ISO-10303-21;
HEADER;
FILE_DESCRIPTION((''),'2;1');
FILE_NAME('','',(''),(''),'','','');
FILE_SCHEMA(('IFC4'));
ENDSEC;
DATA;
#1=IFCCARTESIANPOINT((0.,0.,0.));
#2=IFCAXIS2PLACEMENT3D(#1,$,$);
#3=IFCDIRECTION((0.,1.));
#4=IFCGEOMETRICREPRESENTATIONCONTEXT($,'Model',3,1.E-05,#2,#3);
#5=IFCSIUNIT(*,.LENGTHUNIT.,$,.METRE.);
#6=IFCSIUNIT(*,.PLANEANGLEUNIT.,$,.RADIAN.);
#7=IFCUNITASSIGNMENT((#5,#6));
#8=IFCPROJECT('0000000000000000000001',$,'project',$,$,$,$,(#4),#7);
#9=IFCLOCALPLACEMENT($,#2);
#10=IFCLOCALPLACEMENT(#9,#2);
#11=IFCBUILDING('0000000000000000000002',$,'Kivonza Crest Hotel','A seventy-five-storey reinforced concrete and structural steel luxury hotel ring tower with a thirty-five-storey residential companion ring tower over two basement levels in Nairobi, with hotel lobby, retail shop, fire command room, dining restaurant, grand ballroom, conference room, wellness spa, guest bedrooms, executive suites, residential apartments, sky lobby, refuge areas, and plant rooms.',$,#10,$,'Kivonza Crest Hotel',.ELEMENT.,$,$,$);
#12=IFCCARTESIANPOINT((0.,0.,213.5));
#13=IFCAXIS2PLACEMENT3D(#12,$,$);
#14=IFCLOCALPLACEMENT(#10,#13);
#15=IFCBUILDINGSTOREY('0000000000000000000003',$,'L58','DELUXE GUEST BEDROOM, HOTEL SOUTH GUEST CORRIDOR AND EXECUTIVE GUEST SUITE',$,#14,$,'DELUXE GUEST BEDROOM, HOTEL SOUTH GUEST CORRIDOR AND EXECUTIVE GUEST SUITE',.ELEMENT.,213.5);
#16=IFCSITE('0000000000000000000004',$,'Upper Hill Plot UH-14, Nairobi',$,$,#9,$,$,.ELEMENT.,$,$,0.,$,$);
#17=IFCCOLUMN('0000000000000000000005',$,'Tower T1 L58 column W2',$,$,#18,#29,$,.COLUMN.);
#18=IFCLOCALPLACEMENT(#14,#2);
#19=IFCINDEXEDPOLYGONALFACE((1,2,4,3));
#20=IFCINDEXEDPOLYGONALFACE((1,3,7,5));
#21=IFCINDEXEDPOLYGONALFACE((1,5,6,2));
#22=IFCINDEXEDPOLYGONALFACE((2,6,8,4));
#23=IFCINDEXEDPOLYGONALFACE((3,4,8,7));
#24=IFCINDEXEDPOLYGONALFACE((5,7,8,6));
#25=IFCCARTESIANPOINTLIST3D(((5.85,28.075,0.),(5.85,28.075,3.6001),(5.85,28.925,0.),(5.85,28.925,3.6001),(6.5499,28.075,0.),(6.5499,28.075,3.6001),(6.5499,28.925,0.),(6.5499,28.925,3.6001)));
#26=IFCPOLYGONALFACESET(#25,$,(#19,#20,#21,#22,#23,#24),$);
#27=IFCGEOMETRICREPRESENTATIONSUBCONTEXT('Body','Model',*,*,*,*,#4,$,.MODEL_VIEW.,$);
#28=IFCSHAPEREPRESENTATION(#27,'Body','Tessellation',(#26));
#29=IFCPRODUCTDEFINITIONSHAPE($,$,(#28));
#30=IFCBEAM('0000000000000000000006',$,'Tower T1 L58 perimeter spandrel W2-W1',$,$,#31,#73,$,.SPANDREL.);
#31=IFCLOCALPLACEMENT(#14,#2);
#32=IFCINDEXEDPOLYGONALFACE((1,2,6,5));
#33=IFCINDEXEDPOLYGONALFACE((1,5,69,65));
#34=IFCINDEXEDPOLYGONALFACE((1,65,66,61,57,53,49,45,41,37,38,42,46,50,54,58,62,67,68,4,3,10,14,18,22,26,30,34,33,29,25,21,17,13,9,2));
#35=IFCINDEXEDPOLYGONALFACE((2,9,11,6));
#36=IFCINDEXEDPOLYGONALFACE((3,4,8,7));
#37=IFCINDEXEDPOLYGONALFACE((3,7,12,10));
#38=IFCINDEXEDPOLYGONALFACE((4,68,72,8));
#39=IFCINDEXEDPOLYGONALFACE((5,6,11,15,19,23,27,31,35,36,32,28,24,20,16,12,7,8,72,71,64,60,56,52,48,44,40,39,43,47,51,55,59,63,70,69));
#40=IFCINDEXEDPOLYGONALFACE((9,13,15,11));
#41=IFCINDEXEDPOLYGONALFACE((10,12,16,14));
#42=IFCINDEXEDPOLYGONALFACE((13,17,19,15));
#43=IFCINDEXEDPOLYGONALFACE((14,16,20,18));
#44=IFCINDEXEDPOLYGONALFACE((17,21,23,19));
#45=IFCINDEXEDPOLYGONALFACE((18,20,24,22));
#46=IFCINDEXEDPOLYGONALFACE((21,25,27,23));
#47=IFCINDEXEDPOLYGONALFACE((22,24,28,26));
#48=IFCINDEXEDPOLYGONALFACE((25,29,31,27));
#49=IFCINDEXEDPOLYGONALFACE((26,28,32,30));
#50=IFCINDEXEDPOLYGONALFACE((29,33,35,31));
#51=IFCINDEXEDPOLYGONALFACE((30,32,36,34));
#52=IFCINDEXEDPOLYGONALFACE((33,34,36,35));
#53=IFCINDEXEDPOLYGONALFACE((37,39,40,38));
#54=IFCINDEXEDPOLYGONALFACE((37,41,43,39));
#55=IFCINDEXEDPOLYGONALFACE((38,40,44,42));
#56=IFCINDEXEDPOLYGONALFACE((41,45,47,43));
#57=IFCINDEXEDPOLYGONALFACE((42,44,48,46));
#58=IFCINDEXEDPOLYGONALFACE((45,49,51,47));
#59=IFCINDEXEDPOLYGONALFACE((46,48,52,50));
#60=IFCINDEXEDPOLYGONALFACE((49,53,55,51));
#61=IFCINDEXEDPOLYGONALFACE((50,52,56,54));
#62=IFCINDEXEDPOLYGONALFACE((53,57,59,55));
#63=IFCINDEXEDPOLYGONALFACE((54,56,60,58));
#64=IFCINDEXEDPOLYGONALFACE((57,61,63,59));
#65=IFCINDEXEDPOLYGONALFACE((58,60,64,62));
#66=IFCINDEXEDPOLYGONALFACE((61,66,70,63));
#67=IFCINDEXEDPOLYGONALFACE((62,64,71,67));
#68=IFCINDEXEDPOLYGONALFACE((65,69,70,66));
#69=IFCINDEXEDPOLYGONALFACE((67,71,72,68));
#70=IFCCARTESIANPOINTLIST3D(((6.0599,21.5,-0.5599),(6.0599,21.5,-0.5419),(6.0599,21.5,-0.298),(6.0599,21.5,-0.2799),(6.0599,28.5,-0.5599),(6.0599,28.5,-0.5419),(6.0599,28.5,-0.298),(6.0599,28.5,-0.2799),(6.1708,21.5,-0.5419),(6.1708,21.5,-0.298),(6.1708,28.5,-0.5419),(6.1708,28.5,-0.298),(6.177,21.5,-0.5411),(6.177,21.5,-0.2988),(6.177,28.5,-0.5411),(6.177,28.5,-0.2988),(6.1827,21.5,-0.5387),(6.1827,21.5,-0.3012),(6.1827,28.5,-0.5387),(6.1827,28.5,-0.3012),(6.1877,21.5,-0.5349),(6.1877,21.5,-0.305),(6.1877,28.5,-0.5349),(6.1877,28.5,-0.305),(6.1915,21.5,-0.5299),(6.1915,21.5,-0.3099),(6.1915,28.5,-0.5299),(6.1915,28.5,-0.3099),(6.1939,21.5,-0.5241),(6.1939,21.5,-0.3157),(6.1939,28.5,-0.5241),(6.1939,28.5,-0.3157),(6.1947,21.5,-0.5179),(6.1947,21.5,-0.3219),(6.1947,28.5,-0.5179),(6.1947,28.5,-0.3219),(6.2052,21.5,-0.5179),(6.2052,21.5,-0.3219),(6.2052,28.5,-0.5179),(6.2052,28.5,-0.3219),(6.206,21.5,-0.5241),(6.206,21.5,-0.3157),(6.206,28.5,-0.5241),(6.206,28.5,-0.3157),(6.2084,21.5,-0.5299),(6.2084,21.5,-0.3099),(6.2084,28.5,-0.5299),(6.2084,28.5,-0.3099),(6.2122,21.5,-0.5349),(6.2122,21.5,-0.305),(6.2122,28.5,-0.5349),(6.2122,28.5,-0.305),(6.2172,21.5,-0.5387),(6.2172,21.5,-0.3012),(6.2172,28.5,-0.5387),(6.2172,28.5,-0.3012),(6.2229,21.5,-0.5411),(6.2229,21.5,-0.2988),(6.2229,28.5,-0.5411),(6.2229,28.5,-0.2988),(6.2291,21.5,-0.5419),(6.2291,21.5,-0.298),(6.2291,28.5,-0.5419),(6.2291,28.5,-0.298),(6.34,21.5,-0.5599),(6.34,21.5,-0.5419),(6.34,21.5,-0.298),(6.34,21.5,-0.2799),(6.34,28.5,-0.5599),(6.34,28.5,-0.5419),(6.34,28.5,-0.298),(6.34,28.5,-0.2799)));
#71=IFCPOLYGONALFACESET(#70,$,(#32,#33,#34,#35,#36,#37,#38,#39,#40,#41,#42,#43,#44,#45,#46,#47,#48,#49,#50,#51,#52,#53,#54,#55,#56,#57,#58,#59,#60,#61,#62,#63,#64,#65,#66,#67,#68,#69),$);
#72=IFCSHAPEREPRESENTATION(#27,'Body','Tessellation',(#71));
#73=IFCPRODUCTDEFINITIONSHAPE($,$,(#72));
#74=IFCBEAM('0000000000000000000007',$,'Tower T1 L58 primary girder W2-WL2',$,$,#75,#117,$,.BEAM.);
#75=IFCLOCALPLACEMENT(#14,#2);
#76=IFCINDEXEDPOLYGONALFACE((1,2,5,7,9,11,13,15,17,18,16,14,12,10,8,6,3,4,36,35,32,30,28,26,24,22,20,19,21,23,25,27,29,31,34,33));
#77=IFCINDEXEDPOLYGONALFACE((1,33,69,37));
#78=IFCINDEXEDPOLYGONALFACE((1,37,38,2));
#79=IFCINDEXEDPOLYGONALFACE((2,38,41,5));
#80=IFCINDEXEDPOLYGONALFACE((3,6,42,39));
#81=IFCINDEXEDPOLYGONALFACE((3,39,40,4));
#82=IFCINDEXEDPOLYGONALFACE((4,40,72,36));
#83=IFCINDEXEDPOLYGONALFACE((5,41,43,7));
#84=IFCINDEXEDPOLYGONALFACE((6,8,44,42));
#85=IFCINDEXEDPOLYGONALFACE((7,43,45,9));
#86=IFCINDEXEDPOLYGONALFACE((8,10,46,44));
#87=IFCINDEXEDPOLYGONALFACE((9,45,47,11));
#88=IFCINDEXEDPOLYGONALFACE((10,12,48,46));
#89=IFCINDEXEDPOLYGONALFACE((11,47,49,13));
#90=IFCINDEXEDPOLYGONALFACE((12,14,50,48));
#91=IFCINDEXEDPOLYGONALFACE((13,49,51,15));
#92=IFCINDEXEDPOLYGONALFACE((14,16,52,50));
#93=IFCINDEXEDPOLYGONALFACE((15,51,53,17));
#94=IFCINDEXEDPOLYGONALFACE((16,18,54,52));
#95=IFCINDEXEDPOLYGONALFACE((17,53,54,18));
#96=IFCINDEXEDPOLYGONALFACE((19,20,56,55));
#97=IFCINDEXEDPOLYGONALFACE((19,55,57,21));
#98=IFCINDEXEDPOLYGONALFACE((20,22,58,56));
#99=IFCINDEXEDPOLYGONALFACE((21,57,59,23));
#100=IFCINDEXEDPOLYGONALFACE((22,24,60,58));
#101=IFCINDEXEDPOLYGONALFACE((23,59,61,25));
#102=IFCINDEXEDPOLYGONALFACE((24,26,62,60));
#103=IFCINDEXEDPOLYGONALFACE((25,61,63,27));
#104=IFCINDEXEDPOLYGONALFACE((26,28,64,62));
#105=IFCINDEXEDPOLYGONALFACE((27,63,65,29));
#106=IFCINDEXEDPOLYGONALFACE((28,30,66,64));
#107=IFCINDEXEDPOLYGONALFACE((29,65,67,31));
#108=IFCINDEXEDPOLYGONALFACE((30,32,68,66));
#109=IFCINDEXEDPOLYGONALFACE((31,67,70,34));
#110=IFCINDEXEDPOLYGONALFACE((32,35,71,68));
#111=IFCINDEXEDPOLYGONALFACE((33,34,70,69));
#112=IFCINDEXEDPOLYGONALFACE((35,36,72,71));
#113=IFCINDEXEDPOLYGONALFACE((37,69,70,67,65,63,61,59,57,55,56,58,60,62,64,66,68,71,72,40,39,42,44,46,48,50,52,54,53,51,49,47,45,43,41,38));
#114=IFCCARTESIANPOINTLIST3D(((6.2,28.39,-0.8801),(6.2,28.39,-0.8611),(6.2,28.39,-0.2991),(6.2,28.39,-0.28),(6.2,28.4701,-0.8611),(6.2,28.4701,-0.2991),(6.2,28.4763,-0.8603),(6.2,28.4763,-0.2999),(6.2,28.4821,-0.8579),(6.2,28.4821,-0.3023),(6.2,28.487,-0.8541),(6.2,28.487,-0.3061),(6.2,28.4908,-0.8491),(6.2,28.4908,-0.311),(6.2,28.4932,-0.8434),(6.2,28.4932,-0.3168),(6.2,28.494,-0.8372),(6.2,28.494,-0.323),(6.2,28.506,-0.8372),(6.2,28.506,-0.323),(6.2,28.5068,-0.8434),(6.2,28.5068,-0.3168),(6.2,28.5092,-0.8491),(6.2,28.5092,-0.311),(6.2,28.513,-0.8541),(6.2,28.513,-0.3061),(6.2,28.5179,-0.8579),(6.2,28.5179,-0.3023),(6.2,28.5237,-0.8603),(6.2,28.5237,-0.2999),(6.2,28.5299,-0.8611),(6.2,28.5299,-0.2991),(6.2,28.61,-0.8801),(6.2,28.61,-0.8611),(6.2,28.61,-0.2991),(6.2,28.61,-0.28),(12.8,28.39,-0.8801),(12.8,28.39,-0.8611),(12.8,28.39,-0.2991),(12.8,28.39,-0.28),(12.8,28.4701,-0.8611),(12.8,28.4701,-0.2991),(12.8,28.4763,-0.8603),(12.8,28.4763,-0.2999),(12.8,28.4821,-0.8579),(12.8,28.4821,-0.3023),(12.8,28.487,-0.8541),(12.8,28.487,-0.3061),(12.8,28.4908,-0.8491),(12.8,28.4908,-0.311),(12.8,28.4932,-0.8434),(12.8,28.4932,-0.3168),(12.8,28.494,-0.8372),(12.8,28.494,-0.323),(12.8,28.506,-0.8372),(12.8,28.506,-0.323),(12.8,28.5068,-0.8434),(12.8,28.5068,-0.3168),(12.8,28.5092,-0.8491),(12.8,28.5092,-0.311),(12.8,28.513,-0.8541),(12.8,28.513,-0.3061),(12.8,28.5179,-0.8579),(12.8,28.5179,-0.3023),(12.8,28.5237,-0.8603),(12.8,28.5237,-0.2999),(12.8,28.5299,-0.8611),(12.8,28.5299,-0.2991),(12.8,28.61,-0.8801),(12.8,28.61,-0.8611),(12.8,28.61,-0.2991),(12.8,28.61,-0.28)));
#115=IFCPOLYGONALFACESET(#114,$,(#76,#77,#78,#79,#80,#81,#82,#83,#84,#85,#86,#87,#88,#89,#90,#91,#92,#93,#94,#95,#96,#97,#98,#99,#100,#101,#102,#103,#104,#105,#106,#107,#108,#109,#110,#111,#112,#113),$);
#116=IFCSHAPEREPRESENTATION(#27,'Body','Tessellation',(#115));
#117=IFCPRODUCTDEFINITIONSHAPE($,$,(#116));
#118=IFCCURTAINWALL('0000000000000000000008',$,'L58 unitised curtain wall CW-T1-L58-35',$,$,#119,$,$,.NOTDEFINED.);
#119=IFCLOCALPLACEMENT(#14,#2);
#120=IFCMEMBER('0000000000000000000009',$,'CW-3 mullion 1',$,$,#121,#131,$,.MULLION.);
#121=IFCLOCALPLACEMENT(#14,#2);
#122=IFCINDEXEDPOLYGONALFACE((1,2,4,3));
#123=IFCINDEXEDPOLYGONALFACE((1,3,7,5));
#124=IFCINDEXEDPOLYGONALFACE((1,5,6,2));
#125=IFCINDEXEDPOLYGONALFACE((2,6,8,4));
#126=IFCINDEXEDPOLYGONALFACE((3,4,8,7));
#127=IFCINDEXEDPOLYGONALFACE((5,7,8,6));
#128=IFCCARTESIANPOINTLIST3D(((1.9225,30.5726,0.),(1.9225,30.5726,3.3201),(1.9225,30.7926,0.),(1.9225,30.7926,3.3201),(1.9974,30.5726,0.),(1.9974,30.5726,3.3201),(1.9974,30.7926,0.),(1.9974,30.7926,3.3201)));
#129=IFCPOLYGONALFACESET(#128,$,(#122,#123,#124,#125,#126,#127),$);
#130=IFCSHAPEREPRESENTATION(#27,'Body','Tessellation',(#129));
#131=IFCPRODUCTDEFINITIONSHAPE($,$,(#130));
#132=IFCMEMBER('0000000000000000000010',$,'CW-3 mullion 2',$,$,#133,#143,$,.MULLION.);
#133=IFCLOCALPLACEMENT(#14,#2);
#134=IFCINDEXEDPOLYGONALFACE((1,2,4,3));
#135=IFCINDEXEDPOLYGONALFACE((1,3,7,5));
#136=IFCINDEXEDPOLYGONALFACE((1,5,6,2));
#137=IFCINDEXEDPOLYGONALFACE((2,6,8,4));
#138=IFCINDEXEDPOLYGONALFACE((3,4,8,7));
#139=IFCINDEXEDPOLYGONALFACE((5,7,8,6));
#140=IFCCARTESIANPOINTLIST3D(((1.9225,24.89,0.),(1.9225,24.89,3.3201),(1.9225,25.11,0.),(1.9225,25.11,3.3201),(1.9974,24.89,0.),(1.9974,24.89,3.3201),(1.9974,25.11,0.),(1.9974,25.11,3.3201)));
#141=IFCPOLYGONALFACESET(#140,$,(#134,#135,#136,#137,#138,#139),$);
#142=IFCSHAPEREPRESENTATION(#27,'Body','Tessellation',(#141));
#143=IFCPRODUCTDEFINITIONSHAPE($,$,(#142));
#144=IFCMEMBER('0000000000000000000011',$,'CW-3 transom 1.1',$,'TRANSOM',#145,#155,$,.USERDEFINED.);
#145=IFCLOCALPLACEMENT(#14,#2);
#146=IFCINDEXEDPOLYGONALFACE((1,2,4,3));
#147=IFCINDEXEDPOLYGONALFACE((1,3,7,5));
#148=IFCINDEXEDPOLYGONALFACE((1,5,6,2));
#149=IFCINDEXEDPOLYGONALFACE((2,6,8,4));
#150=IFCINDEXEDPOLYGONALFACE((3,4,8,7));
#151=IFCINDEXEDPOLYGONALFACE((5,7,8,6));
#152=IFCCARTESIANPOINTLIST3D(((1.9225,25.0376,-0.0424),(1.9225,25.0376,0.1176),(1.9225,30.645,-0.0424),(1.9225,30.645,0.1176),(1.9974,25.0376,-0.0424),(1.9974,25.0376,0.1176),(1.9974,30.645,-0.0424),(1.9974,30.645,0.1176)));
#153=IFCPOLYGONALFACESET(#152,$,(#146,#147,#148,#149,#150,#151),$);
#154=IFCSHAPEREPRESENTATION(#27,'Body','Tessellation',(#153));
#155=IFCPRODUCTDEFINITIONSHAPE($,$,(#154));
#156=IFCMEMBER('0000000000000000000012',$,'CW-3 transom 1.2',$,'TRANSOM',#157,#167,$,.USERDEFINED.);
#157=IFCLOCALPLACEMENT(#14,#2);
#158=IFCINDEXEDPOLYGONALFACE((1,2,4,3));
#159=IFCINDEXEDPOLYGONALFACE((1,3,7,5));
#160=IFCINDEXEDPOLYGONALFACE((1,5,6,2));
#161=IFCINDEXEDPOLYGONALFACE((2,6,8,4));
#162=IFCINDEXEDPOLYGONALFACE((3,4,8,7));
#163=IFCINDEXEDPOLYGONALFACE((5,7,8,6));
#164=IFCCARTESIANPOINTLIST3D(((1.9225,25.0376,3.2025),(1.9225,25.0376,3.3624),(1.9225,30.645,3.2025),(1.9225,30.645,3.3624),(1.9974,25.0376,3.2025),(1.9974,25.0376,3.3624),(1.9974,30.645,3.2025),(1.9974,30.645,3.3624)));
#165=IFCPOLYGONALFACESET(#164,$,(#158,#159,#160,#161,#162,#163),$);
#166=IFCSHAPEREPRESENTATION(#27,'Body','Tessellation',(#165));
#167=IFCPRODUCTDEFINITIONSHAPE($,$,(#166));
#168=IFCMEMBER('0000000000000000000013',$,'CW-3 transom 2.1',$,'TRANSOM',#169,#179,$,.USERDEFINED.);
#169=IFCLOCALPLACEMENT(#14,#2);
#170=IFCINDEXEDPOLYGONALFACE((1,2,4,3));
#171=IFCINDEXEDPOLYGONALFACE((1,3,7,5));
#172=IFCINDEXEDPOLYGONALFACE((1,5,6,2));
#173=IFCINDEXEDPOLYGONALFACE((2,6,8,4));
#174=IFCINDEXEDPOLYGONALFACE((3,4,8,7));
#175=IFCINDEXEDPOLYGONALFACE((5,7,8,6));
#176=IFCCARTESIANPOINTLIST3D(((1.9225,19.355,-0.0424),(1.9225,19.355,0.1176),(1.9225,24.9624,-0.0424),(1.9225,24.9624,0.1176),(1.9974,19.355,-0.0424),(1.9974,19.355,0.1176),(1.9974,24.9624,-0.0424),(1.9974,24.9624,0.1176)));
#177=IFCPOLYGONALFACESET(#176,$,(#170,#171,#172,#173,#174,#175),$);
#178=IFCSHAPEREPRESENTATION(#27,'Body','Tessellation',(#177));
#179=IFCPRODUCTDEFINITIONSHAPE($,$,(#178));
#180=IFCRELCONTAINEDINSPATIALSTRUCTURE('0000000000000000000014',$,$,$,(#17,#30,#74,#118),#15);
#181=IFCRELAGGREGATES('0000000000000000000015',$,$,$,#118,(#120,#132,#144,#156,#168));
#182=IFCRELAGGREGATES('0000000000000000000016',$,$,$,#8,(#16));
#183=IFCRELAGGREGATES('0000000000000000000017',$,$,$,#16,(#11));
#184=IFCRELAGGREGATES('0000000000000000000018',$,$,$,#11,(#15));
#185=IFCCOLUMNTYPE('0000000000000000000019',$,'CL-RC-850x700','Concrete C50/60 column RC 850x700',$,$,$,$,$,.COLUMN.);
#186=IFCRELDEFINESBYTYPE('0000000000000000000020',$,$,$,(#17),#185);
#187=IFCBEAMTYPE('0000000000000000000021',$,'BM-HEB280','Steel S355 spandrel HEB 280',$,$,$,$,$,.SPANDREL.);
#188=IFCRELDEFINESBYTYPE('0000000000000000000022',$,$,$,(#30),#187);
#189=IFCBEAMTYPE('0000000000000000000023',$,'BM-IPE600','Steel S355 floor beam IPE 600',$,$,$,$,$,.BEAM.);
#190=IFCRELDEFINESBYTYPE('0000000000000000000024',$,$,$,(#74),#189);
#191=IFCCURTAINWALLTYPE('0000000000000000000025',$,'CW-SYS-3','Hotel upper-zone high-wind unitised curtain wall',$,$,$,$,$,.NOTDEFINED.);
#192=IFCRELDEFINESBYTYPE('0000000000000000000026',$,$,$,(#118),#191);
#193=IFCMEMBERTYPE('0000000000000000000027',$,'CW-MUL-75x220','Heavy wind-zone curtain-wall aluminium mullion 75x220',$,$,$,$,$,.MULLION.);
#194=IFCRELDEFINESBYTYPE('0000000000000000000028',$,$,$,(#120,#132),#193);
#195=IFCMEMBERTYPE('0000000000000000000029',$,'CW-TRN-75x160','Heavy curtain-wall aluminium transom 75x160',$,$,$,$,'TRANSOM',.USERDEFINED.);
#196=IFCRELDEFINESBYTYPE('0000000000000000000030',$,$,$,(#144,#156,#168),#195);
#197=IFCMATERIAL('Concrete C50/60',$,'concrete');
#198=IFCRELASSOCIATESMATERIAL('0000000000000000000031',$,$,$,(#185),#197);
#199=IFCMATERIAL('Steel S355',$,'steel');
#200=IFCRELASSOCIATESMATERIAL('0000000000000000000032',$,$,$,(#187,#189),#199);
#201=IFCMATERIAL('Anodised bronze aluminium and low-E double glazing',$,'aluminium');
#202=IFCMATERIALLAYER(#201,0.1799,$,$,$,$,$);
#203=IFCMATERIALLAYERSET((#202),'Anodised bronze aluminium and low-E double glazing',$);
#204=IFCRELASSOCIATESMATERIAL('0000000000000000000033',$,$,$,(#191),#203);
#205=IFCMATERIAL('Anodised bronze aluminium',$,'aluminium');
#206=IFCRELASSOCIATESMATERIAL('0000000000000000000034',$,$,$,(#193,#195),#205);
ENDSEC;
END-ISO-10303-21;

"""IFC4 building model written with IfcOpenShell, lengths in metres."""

from ifc_helpers import new_model, si_unit, direction, frame, origin, origin_2d, place, context, subcontext, project, spatial, rectangle, i_section, extrude, material, layer, layer_set, material_profile, profile_set, type_object, element, aggregate, save


model = new_model("IFC4")

# Units and contexts
model_context = context("Model", 3, precision=1e-05, world=origin(), true_north=direction((0.0, 1.0)))
body_context = subcontext(model_context, "Body", "Model", "MODEL_VIEW")
ifc_project = project(units=[si_unit("LENGTHUNIT", "METRE"), si_unit("PLANEANGLEUNIT", "RADIAN")], contexts=[model_context])

# Site, building, storey
site_placement = place(None, origin())
site = spatial("IfcSite", under=ifc_project, at=site_placement, Name="Upper Hill Plot UH-14, Nairobi", CompositionType="ELEMENT", RefElevation=0.0)
building_placement = place(site_placement, origin())
building = spatial("IfcBuilding", under=site, at=building_placement, Name="Kivonza Crest Hotel", Description="A seventy-five-storey reinforced concrete and structural steel luxury hotel ring tower with a thirty-five-storey residential companion ring tower over two basement levels in Nairobi, with hotel lobby, retail shop, fire command room, dining restaurant, grand ballroom, conference room, wellness spa, guest bedrooms, executive suites, residential apartments, sky lobby, refuge areas, and plant rooms.", LongName="Kivonza Crest Hotel", CompositionType="ELEMENT")
storey_placement = place(building_placement, frame((0.0, 0.0, 213.5)))
storey = spatial("IfcBuildingStorey", under=building, at=storey_placement, Name="L58", Description="DELUXE GUEST BEDROOM, HOTEL SOUTH GUEST CORRIDOR AND EXECUTIVE GUEST SUITE", LongName="DELUXE GUEST BEDROOM, HOTEL SOUTH GUEST CORRIDOR AND EXECUTIVE GUEST SUITE", CompositionType="ELEMENT", Elevation=213.5)

# Column
ifc_material_1 = material(Name="Concrete C50/60", Category="concrete")
ifc_material_profile_1 = material_profile(ifc_material_1, rectangle(XDim=0.7, YDim=0.8501, at=origin_2d()), Name="RC 850x700")
ifc_profile_set_1 = profile_set([ifc_material_profile_1], Name="Concrete C50/60")
column_type = type_object("IfcColumnType", Name="CL-RC-850x700", Description="Concrete C50/60 column RC 850x700", PredefinedType="COLUMN", material=ifc_profile_set_1)
column_placement = place(storey_placement, frame((6.2, 28.5, 0.0), z_axis=(0.0, 0.0, 1.0), x_axis=(1.0, 0.0, 0.0)))
element("IfcColumn", 1, at=column_placement, inside=storey, type_object=column_type, Name="Tower T1 L58 column W2", PredefinedType="COLUMN", context=body_context, shape_type="SweptSolid", body=[
    extrude(rectangle(XDim=0.7, YDim=0.8501, at=origin_2d()), origin(), (0.0, 0.0, 1.0), 3.6001),
])

# Beams
ifc_material_2 = material(Name="Steel S355", Category="steel")
ifc_material_profile_2 = material_profile(ifc_material_2, i_section(OverallWidth=0.28, OverallDepth=0.28, WebThickness=0.0105, FlangeThickness=0.0181, FilletRadius=0.0239, at=origin_2d()), Name="HEB 280")
ifc_profile_set_2 = profile_set([ifc_material_profile_2], Name="Steel S355")
beam_type_1 = type_object("IfcBeamType", Name="BM-HEB280", Description="Steel S355 spandrel HEB 280", PredefinedType="SPANDREL", material=ifc_profile_set_2)
beam_1_placement = place(storey_placement, frame((6.2, 28.5, -0.4199), z_axis=(0.0, -1.0, 0.0), x_axis=(1.0, 0.0, 0.0)))
element("IfcBeam", 2, at=beam_1_placement, inside=storey, type_object=beam_type_1, Name="Tower T1 L58 perimeter spandrel W2-W1", PredefinedType="SPANDREL", context=body_context, shape_type="SweptSolid", body=[
    extrude(i_section(OverallWidth=0.28, OverallDepth=0.28, WebThickness=0.0105, FlangeThickness=0.0181, FilletRadius=0.0239, at=origin_2d()), origin(), (0.0, 0.0, 1.0), 7.0),
])
ifc_material_profile_3 = material_profile(ifc_material_2, i_section(OverallWidth=0.22, OverallDepth=0.6001, WebThickness=0.012, FlangeThickness=0.019, FilletRadius=0.0239, at=origin_2d()), Name="IPE 600")
ifc_profile_set_3 = profile_set([ifc_material_profile_3], Name="Steel S355")
beam_type_2 = type_object("IfcBeamType", Name="BM-IPE600", Description="Steel S355 floor beam IPE 600", PredefinedType="BEAM", material=ifc_profile_set_3)
beam_2_placement = place(storey_placement, frame((6.2, 28.5, -0.5801), z_axis=(1.0, 0.0, 0.0), x_axis=(0.0, 1.0, 0.0)))
element("IfcBeam", 3, at=beam_2_placement, inside=storey, type_object=beam_type_2, Name="Tower T1 L58 primary girder W2-WL2", PredefinedType="BEAM", context=body_context, shape_type="SweptSolid", body=[
    extrude(i_section(OverallWidth=0.22, OverallDepth=0.6001, WebThickness=0.012, FlangeThickness=0.019, FilletRadius=0.0239, at=origin_2d()), origin(), (0.0, 0.0, 1.0), 6.6001),
])

# Curtain wall, members
ifc_material_3 = material(Name="Anodised bronze aluminium and low-E double glazing", Category="aluminium")
ifc_layer_1 = layer(ifc_material_3, 0.1799)
ifc_layer_set_1 = layer_set([ifc_layer_1], Name="Anodised bronze aluminium and low-E double glazing")
curtain_wall_type = type_object("IfcCurtainWallType", Name="CW-SYS-3", Description="Hotel upper-zone high-wind unitised curtain wall", PredefinedType="NOTDEFINED", material=ifc_layer_set_1)
curtain_wall_placement = place(storey_placement, origin())
curtain_wall = element("IfcCurtainWall", 4, at=curtain_wall_placement, inside=storey, type_object=curtain_wall_type, Name="L58 unitised curtain wall CW-T1-L58-35", PredefinedType="NOTDEFINED")
ifc_material_4 = material(Name="Anodised bronze aluminium", Category="aluminium")
ifc_material_profile_4 = material_profile(ifc_material_4, rectangle(XDim=0.075, YDim=0.22, at=origin_2d()), Name="CW-M 75x220")
ifc_profile_set_4 = profile_set([ifc_material_profile_4], Name="Anodised bronze aluminium")
member_type_1 = type_object("IfcMemberType", Name="CW-MUL-75x220", Description="Heavy wind-zone curtain-wall aluminium mullion 75x220", PredefinedType="MULLION", material=ifc_profile_set_4)
member_1_placement = place(storey_placement, frame((1.96, 30.6826, 0.0), z_axis=(0.0, 0.0, 1.0), x_axis=(1.0, 0.0, 0.0)))
member_1 = element("IfcMember", 5, at=member_1_placement, type_object=member_type_1, Name="CW-3 mullion 1", PredefinedType="MULLION", context=body_context, shape_type="SweptSolid", body=[
    extrude(rectangle(XDim=0.075, YDim=0.22, at=origin_2d()), origin(), (0.0, 0.0, 1.0), 3.3201),
])
member_2_placement = place(storey_placement, frame((1.96, 25.0, 0.0), z_axis=(0.0, 0.0, 1.0), x_axis=(1.0, 0.0, 0.0)))
member_2 = element("IfcMember", 6, at=member_2_placement, type_object=member_type_1, Name="CW-3 mullion 2", PredefinedType="MULLION", context=body_context, shape_type="SweptSolid", body=[
    extrude(rectangle(XDim=0.075, YDim=0.22, at=origin_2d()), origin(), (0.0, 0.0, 1.0), 3.3201),
])
ifc_material_profile_5 = material_profile(ifc_material_4, rectangle(XDim=0.075, YDim=0.1599, at=origin_2d()), Name="CW-T 75x160")
ifc_profile_set_5 = profile_set([ifc_material_profile_5], Name="Anodised bronze aluminium")
member_type_2 = type_object("IfcMemberType", Name="CW-TRN-75x160", Description="Heavy curtain-wall aluminium transom 75x160", ElementType="TRANSOM", PredefinedType="USERDEFINED", material=ifc_profile_set_5)
member_3_placement = place(storey_placement, frame((1.96, 30.645, 0.0376), z_axis=(0.0, -1.0, 0.0), x_axis=(1.0, 0.0, 0.0)))
member_3 = element("IfcMember", 7, at=member_3_placement, type_object=member_type_2, Name="CW-3 transom 1.1", ObjectType="TRANSOM", PredefinedType="USERDEFINED", context=body_context, shape_type="SweptSolid", body=[
    extrude(rectangle(XDim=0.075, YDim=0.1599, at=origin_2d()), origin(), (0.0, 0.0, 1.0), 5.6074),
])
member_4_placement = place(storey_placement, frame((1.96, 30.645, 3.2825), z_axis=(0.0, -1.0, 0.0), x_axis=(1.0, 0.0, 0.0)))
member_4 = element("IfcMember", 8, at=member_4_placement, type_object=member_type_2, Name="CW-3 transom 1.2", ObjectType="TRANSOM", PredefinedType="USERDEFINED", context=body_context, shape_type="SweptSolid", body=[
    extrude(rectangle(XDim=0.075, YDim=0.1599, at=origin_2d()), origin(), (0.0, 0.0, 1.0), 5.6074),
])
member_5_placement = place(storey_placement, frame((1.96, 24.9624, 0.0376), z_axis=(0.0, -1.0, 0.0), x_axis=(1.0, 0.0, 0.0)))
member_5 = element("IfcMember", 9, at=member_5_placement, type_object=member_type_2, Name="CW-3 transom 2.1", ObjectType="TRANSOM", PredefinedType="USERDEFINED", context=body_context, shape_type="SweptSolid", body=[
    extrude(rectangle(XDim=0.075, YDim=0.1599, at=origin_2d()), origin(), (0.0, 0.0, 1.0), 5.6074),
])
aggregate(curtain_wall, [member_1, member_2, member_3, member_4, member_5])

save(model, "model.ifc")
